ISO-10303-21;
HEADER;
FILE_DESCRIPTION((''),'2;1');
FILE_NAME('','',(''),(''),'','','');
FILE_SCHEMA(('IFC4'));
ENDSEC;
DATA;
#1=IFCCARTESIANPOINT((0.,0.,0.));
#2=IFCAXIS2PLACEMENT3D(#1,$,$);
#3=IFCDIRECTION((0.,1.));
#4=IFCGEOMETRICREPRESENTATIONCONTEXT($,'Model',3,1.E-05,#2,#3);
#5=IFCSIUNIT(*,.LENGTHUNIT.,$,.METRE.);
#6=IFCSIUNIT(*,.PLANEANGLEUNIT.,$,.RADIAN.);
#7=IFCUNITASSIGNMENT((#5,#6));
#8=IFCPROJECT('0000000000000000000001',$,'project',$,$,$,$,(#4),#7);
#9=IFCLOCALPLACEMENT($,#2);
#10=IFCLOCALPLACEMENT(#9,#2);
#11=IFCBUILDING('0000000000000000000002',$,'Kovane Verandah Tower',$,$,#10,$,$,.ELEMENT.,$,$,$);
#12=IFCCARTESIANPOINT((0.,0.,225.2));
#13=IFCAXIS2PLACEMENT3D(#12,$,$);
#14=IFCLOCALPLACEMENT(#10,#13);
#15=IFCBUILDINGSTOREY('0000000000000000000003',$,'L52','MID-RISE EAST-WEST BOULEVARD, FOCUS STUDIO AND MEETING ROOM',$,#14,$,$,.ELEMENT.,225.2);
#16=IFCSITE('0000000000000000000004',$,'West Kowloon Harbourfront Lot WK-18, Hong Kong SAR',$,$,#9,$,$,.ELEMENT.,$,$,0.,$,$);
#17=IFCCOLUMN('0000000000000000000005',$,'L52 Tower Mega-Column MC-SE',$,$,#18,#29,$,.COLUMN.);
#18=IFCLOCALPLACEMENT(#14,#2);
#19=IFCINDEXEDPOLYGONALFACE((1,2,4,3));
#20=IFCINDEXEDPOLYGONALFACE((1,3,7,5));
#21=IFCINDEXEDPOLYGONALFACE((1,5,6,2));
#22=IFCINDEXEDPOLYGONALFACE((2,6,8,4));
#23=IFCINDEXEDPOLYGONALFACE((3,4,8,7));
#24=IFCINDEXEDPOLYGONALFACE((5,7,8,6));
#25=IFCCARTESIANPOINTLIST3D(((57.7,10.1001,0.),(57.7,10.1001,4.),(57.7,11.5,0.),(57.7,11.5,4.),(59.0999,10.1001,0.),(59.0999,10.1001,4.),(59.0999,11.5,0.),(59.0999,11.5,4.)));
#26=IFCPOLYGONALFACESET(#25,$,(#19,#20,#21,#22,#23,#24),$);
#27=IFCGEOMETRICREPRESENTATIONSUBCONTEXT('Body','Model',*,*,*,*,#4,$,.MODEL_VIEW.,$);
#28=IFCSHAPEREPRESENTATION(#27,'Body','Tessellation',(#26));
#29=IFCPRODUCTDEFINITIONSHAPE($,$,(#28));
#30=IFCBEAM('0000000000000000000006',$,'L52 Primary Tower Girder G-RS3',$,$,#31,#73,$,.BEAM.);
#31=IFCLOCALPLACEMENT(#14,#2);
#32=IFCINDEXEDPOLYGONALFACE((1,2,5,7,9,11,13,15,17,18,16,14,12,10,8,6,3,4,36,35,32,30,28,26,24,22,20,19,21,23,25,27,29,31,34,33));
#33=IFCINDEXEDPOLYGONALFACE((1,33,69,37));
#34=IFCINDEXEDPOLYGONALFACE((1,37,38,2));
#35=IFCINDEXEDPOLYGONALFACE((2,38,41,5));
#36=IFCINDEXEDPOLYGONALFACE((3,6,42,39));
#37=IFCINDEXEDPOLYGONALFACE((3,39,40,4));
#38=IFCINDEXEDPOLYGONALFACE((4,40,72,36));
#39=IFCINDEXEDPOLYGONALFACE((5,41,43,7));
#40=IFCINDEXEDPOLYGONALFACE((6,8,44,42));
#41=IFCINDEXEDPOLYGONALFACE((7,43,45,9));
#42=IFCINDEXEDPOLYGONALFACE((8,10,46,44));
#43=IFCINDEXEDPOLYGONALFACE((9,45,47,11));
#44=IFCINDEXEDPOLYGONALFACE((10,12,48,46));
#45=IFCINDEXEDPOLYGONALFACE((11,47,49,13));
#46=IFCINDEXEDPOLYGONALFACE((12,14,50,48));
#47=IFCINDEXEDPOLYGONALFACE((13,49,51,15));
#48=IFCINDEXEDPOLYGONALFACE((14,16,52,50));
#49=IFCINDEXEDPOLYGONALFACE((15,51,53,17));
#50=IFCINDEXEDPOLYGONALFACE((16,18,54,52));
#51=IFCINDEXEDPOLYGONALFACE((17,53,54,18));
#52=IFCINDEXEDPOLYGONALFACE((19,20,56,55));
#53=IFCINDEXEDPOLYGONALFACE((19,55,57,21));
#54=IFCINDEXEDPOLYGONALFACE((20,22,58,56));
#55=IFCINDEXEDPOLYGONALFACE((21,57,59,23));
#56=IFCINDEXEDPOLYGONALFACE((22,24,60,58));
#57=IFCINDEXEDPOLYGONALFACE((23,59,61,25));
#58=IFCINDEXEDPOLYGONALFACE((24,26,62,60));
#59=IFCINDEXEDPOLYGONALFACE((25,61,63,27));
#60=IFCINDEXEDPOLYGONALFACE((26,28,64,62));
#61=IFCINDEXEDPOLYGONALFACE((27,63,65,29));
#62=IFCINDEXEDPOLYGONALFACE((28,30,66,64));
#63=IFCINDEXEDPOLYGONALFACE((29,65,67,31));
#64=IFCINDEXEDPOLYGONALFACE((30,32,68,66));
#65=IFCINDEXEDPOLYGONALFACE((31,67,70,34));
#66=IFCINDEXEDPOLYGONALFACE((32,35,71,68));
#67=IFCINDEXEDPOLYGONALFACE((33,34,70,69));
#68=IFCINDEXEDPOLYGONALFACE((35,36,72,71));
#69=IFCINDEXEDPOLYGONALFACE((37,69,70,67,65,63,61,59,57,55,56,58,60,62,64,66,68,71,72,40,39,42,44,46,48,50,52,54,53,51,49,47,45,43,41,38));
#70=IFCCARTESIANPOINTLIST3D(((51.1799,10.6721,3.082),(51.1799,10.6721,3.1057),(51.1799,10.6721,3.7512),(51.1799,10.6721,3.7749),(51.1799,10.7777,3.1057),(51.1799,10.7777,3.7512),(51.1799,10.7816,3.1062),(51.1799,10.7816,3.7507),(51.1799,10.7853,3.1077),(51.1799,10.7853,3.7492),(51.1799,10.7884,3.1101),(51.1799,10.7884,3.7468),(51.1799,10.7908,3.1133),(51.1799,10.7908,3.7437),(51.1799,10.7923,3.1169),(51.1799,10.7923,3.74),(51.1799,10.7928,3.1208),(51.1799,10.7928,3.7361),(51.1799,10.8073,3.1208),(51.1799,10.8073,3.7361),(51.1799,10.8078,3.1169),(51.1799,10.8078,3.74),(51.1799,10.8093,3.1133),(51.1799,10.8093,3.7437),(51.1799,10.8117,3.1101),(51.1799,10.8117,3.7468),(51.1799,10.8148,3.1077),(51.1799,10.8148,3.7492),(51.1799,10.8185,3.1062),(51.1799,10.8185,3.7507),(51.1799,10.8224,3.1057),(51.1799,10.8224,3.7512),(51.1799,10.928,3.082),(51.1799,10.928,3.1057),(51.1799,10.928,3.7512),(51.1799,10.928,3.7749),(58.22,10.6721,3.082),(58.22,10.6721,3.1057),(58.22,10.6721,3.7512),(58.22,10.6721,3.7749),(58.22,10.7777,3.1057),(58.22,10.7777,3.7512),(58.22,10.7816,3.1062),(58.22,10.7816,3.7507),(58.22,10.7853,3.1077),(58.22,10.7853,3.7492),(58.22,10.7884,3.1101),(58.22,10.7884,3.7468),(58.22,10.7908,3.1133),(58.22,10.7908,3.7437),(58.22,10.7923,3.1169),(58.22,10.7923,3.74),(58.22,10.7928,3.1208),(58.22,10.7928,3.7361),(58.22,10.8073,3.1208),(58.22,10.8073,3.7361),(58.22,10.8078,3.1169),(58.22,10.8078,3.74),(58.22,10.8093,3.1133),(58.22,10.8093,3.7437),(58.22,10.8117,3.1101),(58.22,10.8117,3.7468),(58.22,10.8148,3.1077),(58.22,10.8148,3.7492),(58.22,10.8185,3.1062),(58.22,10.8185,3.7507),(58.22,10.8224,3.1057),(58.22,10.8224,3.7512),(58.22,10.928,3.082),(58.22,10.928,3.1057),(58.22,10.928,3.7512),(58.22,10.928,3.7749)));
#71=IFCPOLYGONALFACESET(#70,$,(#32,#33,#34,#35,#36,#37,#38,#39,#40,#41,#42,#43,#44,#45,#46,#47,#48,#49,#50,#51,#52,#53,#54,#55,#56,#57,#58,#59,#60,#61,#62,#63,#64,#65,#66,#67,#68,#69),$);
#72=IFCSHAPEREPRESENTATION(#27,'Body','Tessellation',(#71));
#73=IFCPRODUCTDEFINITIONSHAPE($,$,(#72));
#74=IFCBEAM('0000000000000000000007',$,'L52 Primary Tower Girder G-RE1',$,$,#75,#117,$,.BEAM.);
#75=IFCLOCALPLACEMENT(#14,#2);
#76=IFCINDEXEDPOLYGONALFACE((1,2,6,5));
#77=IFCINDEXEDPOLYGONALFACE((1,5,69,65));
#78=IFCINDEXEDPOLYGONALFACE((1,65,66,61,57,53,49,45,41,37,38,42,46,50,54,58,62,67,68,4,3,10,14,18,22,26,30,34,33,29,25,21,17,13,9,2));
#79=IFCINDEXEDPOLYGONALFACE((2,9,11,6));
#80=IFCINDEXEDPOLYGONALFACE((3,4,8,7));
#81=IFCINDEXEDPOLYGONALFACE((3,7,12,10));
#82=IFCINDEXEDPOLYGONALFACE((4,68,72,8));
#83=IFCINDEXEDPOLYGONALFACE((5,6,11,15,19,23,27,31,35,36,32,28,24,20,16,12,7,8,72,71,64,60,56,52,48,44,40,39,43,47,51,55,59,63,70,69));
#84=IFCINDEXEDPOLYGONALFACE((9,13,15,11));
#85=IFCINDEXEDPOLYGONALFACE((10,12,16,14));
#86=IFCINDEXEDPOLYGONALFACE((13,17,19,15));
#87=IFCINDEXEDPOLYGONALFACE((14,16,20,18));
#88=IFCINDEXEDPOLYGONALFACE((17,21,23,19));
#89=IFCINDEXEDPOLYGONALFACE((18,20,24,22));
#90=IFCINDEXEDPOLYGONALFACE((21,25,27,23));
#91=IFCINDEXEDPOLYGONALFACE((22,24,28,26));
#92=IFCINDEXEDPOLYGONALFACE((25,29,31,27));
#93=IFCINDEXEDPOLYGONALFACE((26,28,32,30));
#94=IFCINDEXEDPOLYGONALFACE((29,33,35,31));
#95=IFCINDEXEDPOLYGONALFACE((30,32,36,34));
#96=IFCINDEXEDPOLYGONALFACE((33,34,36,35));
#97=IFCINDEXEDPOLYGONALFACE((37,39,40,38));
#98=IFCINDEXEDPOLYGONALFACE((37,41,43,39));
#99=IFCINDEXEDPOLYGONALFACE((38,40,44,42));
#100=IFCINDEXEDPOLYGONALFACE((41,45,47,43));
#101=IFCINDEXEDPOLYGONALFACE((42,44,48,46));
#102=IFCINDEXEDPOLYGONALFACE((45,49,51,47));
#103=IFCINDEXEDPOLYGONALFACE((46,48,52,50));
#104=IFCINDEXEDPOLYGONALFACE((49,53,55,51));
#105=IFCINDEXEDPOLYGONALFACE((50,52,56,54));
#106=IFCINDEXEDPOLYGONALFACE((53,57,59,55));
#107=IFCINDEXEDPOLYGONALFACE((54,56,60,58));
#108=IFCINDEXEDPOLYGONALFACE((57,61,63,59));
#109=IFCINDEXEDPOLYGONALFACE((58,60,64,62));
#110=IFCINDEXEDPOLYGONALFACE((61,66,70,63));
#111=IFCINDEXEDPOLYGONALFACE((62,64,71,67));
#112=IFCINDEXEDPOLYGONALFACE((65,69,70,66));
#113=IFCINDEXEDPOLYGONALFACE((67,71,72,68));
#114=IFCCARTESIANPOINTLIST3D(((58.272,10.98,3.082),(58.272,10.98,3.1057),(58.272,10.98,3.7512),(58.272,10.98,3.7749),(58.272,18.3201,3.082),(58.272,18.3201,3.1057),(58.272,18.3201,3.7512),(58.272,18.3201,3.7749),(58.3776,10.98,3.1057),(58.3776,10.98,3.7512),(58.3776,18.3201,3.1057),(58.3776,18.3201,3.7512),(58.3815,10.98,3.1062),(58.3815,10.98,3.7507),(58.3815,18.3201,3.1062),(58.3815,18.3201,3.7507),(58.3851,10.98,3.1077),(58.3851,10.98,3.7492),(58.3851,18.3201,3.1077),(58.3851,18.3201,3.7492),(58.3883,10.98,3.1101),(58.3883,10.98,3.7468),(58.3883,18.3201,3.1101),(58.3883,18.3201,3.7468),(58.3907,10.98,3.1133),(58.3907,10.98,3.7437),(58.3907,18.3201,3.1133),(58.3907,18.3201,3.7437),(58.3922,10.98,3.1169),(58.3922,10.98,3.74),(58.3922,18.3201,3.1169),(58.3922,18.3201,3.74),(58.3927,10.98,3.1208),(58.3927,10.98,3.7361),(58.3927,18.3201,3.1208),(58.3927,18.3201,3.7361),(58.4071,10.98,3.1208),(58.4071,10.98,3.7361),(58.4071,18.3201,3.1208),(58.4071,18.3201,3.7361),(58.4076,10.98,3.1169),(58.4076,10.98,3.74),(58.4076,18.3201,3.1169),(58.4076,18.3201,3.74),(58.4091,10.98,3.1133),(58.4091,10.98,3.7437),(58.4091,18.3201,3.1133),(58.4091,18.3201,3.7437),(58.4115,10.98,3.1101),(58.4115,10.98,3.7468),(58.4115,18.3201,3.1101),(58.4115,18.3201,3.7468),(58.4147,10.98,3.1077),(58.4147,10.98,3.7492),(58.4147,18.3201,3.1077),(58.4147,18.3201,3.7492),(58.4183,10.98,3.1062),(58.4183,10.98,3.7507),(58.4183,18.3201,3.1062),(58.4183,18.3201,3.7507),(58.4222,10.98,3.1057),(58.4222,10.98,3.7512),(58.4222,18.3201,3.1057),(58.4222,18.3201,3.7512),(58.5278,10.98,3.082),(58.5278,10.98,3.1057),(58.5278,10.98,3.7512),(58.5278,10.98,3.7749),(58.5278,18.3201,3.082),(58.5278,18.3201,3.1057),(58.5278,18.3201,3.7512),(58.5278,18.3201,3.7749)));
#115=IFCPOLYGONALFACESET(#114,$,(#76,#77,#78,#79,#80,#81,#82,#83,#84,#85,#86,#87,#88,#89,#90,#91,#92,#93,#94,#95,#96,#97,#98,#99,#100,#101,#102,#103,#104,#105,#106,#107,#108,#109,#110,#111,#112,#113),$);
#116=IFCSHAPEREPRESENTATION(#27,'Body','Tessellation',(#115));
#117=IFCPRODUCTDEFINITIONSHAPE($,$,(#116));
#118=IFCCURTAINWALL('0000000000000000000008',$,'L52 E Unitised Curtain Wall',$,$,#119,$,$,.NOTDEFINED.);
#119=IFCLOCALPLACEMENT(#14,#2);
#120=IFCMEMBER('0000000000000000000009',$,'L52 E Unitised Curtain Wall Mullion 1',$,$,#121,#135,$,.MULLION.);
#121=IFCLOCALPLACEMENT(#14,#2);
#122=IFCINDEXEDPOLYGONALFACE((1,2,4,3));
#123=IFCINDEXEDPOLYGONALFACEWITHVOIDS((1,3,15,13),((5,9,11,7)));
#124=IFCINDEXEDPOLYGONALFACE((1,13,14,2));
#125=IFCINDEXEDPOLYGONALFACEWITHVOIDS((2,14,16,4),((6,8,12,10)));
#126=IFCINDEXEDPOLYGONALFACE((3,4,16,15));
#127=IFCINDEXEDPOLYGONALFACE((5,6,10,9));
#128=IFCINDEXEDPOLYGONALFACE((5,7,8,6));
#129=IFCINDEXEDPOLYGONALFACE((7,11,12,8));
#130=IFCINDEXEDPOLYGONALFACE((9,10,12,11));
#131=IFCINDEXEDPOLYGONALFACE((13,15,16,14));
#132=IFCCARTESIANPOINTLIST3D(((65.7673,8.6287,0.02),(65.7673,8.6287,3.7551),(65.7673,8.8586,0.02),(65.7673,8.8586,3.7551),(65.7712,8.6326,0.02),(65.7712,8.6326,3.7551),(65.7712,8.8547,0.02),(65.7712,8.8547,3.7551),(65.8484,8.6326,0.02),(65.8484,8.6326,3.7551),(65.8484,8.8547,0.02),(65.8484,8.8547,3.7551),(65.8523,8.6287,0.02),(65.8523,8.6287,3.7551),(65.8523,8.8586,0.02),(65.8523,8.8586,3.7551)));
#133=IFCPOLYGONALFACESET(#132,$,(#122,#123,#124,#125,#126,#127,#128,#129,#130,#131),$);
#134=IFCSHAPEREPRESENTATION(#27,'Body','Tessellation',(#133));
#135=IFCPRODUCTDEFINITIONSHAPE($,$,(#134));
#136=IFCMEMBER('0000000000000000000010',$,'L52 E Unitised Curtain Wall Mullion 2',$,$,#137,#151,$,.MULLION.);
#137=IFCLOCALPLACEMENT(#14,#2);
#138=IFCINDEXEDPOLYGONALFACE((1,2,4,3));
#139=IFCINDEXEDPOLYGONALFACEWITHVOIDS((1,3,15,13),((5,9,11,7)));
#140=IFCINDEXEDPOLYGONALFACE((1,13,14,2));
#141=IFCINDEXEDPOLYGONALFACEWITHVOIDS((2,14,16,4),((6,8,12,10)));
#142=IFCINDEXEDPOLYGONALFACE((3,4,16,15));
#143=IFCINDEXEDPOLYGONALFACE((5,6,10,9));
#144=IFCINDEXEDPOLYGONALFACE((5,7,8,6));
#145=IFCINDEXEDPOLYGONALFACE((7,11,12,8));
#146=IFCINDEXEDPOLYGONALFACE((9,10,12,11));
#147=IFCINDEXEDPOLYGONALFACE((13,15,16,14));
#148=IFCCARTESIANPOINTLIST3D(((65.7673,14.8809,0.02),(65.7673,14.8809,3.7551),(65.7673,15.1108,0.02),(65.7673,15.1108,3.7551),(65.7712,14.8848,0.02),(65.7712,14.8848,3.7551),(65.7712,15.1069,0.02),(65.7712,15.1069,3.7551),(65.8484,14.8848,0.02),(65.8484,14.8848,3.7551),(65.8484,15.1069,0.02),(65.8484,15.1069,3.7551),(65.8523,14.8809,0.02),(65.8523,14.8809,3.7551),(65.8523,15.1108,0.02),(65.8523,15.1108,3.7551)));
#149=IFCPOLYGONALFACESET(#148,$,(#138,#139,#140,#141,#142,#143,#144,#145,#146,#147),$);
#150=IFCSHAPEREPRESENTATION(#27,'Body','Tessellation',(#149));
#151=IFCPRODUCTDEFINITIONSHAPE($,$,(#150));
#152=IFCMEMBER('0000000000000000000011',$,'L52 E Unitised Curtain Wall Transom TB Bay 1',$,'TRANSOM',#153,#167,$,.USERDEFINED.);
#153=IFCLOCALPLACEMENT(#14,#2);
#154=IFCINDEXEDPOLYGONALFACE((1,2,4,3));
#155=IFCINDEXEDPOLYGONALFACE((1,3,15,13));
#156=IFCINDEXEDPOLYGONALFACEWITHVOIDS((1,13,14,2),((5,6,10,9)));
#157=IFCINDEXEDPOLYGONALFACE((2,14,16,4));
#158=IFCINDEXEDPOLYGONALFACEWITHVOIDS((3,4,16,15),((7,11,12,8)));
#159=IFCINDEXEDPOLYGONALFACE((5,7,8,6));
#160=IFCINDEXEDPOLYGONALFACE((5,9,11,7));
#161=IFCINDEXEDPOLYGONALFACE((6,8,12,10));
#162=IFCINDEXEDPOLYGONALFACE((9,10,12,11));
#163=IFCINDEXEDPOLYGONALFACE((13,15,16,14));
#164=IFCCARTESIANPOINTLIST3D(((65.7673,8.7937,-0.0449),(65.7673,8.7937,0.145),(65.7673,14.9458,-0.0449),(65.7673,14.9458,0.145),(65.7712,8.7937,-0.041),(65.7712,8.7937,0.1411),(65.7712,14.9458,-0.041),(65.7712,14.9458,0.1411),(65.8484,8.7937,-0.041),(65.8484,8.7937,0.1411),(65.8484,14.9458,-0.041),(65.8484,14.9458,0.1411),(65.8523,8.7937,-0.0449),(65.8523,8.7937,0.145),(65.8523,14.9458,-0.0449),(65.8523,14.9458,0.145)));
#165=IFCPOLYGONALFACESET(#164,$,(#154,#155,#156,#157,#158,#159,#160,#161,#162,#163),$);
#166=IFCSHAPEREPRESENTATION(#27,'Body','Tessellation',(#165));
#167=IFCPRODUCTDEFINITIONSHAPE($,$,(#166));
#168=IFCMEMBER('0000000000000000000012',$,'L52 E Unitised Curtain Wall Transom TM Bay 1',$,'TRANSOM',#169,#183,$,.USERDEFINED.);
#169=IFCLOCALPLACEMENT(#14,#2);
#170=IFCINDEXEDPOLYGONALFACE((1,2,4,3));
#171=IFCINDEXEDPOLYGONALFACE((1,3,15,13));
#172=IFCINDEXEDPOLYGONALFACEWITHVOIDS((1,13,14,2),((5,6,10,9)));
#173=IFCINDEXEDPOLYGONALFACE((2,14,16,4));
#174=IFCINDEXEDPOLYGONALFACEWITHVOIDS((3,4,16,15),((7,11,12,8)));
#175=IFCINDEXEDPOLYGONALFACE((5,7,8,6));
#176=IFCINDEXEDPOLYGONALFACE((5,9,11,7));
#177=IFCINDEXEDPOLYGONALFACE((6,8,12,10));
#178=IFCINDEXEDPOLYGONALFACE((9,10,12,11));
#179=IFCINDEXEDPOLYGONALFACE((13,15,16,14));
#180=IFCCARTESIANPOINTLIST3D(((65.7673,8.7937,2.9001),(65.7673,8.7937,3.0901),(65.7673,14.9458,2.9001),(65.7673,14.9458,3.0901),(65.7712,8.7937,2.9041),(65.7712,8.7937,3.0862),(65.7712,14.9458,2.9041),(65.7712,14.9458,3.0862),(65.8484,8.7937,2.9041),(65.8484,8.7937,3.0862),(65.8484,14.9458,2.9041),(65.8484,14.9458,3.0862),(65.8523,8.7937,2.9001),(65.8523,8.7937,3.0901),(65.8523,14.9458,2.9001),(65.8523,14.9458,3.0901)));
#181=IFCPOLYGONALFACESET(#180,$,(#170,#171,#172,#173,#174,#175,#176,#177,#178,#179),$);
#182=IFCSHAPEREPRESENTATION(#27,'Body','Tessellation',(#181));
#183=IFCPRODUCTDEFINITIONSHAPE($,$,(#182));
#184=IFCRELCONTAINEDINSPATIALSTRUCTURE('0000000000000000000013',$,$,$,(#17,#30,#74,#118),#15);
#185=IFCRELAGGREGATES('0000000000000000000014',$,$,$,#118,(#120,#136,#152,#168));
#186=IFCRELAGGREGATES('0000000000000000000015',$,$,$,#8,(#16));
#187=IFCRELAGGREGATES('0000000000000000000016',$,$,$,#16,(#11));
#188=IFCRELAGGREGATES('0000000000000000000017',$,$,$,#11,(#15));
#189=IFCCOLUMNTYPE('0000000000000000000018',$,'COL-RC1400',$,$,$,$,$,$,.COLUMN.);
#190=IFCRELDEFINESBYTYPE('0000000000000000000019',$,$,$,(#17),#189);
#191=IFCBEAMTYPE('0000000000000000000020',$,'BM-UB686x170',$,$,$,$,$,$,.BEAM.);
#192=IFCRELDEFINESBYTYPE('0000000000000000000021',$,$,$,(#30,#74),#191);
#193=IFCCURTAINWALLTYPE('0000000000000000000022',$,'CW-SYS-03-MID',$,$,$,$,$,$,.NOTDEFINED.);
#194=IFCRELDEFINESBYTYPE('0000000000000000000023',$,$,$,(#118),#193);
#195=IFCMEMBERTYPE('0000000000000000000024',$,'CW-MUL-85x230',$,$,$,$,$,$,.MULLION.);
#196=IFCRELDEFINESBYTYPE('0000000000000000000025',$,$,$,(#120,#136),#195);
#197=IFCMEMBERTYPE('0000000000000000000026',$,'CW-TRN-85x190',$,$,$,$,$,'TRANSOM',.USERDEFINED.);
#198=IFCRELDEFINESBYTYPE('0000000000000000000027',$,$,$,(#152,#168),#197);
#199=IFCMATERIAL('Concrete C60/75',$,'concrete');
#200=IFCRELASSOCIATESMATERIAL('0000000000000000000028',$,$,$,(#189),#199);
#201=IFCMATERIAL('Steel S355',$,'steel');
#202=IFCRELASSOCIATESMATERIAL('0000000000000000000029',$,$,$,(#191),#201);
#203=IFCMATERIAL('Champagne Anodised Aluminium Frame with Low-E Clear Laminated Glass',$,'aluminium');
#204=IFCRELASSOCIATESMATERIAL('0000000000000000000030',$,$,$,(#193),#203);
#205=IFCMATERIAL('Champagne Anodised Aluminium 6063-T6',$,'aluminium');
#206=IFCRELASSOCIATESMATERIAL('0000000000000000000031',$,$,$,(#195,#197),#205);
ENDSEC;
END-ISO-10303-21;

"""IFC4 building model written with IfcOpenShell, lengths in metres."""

from ifc_helpers import new_model, si_unit, direction, frame, origin, origin_2d, place, context, subcontext, project, spatial, rectangle, hollow_rectangle, i_section, extrude, material, material_profile, profile_set, type_object, element, aggregate, save


model = new_model("IFC4")

# Units and contexts
model_context = context("Model", 3, precision=1e-05, world=origin(), true_north=direction((0.0, 1.0)))
body_context = subcontext(model_context, "Body", "Model", "MODEL_VIEW")
ifc_project = project(units=[si_unit("LENGTHUNIT", "METRE"), si_unit("PLANEANGLEUNIT", "RADIAN")], contexts=[model_context])

# Site, building, storey
site_placement = place(None, origin())
site = spatial("IfcSite", under=ifc_project, at=site_placement, Name="West Kowloon Harbourfront Lot WK-18, Hong Kong SAR", CompositionType="ELEMENT", RefElevation=0.0)
building_placement = place(site_placement, origin())
building = spatial("IfcBuilding", under=site, at=building_placement, Name="Kovane Verandah Tower", CompositionType="ELEMENT")
storey_placement = place(building_placement, frame((0.0, 0.0, 225.2)))
storey = spatial("IfcBuildingStorey", under=building, at=storey_placement, Name="L52", Description="MID-RISE EAST-WEST BOULEVARD, FOCUS STUDIO AND MEETING ROOM", CompositionType="ELEMENT", Elevation=225.2)

# Column
ifc_material_1 = material(Name="Concrete C60/75", Category="concrete")
ifc_material_profile_1 = material_profile(ifc_material_1, rectangle(XDim=1.3999, YDim=1.3999, at=origin_2d()), Name="RC1400x1400")
ifc_profile_set_1 = profile_set([ifc_material_profile_1], Name="Concrete C60/75")
column_type = type_object("IfcColumnType", Name="COL-RC1400", PredefinedType="COLUMN", material=ifc_profile_set_1)
column_placement = place(storey_placement, frame((58.3999, 10.8, 0.0), z_axis=(0.0, 0.0, 1.0), x_axis=(1.0, 0.0, 0.0)))
element("IfcColumn", 1, at=column_placement, inside=storey, type_object=column_type, Name="L52 Tower Mega-Column MC-SE", PredefinedType="COLUMN", context=body_context, shape_type="SweptSolid", body=[
    extrude(rectangle(XDim=1.3999, YDim=1.3999, at=origin_2d()), origin(), (0.0, 0.0, 1.0), 4.0),
])

# Beams
ifc_material_2 = material(Name="Steel S355", Category="steel")
ifc_material_profile_2 = material_profile(ifc_material_2, i_section(OverallWidth=0.2559, OverallDepth=0.6929, WebThickness=0.0144, FlangeThickness=0.0237, FilletRadius=0.0151, at=origin_2d()), Name="UB686x254x170")
ifc_profile_set_2 = profile_set([ifc_material_profile_2], Name="Steel S355")
beam_type_1 = type_object("IfcBeamType", Name="BM-UB686x170", PredefinedType="BEAM", material=ifc_profile_set_2)
beam_1_placement = place(storey_placement, frame((51.1799, 10.8, 3.4285), z_axis=(1.0, 0.0, 0.0), x_axis=(0.0, 1.0, 0.0)))
element("IfcBeam", 2, at=beam_1_placement, inside=storey, type_object=beam_type_1, Name="L52 Primary Tower Girder G-RS3", PredefinedType="BEAM", context=body_context, shape_type="SweptSolid", body=[
    extrude(i_section(OverallWidth=0.2559, OverallDepth=0.6929, WebThickness=0.0144, FlangeThickness=0.0237, FilletRadius=0.0151, at=origin_2d()), origin(), (0.0, 0.0, 1.0), 7.04),
])
beam_2_placement = place(storey_placement, frame((58.3999, 10.98, 3.4285), z_axis=(0.0, 1.0, 0.0), x_axis=(-1.0, 0.0, 0.0)))
element("IfcBeam", 3, at=beam_2_placement, inside=storey, type_object=beam_type_1, Name="L52 Primary Tower Girder G-RE1", PredefinedType="BEAM", context=body_context, shape_type="SweptSolid", body=[
    extrude(i_section(OverallWidth=0.2559, OverallDepth=0.6929, WebThickness=0.0144, FlangeThickness=0.0237, FilletRadius=0.0151, at=origin_2d()), origin(), (0.0, 0.0, 1.0), 7.3401),
])

# Curtain wall, members
ifc_material_3 = material(Name="Champagne Anodised Aluminium Frame with Low-E Clear Laminated Glass", Category="aluminium")
curtain_wall_type = type_object("IfcCurtainWallType", Name="CW-SYS-03-MID", PredefinedType="NOTDEFINED", material=ifc_material_3)
curtain_wall_placement = place(storey_placement, origin())
curtain_wall = element("IfcCurtainWall", 4, at=curtain_wall_placement, inside=storey, type_object=curtain_wall_type, Name="L52 E Unitised Curtain Wall", PredefinedType="NOTDEFINED")
ifc_material_4 = material(Name="Champagne Anodised Aluminium 6063-T6", Category="aluminium")
ifc_material_profile_3 = material_profile(ifc_material_4, hollow_rectangle(XDim=0.085, YDim=0.23, WallThickness=0.0039, at=origin_2d()), Name="AL85x230x4")
ifc_profile_set_3 = profile_set([ifc_material_profile_3], Name="Champagne Anodised Aluminium 6063-T6")
member_type_1 = type_object("IfcMemberType", Name="CW-MUL-85x230", PredefinedType="MULLION", material=ifc_profile_set_3)
member_1_placement = place(storey_placement, frame((65.8098, 8.7437, 0.02), z_axis=(0.0, 0.0, 1.0), x_axis=(1.0, 0.0, 0.0)))
member_1 = element("IfcMember", 5, at=member_1_placement, type_object=member_type_1, Name="L52 E Unitised Curtain Wall Mullion 1", PredefinedType="MULLION", context=body_context, shape_type="SweptSolid", body=[
    extrude(hollow_rectangle(XDim=0.085, YDim=0.23, WallThickness=0.0039, at=origin_2d()), origin(), (0.0, 0.0, 1.0), 3.7351),
])
member_2_placement = place(storey_placement, frame((65.8098, 14.9958, 0.02), z_axis=(0.0, 0.0, 1.0), x_axis=(1.0, 0.0, 0.0)))
member_2 = element("IfcMember", 6, at=member_2_placement, type_object=member_type_1, Name="L52 E Unitised Curtain Wall Mullion 2", PredefinedType="MULLION", context=body_context, shape_type="SweptSolid", body=[
    extrude(hollow_rectangle(XDim=0.085, YDim=0.23, WallThickness=0.0039, at=origin_2d()), origin(), (0.0, 0.0, 1.0), 3.7351),
])
ifc_material_profile_4 = material_profile(ifc_material_4, hollow_rectangle(XDim=0.085, YDim=0.1899, WallThickness=0.0039, at=origin_2d()), Name="AL85x190x4")
ifc_profile_set_4 = profile_set([ifc_material_profile_4], Name="Champagne Anodised Aluminium 6063-T6")
member_type_2 = type_object("IfcMemberType", Name="CW-TRN-85x190", ElementType="TRANSOM", PredefinedType="USERDEFINED", material=ifc_profile_set_4)
member_3_placement = place(storey_placement, frame((65.8098, 8.7937, 0.05), z_axis=(0.0, 1.0, 0.0), x_axis=(-1.0, 0.0, 0.0)))
member_3 = element("IfcMember", 7, at=member_3_placement, type_object=member_type_2, Name="L52 E Unitised Curtain Wall Transom TB Bay 1", ObjectType="TRANSOM", PredefinedType="USERDEFINED", context=body_context, shape_type="SweptSolid", body=[
    extrude(hollow_rectangle(XDim=0.085, YDim=0.1899, WallThickness=0.0039, at=origin_2d()), origin(), (0.0, 0.0, 1.0), 6.1521),
])
member_4_placement = place(storey_placement, frame((65.8098, 8.7937, 2.9951), z_axis=(0.0, 1.0, 0.0), x_axis=(-1.0, 0.0, 0.0)))
member_4 = element("IfcMember", 8, at=member_4_placement, type_object=member_type_2, Name="L52 E Unitised Curtain Wall Transom TM Bay 1", ObjectType="TRANSOM", PredefinedType="USERDEFINED", context=body_context, shape_type="SweptSolid", body=[
    extrude(hollow_rectangle(XDim=0.085, YDim=0.1899, WallThickness=0.0039, at=origin_2d()), origin(), (0.0, 0.0, 1.0), 6.1521),
])

aggregate(curtain_wall, [member_1, member_2, member_3, member_4])

save(model, "model.ifc")
